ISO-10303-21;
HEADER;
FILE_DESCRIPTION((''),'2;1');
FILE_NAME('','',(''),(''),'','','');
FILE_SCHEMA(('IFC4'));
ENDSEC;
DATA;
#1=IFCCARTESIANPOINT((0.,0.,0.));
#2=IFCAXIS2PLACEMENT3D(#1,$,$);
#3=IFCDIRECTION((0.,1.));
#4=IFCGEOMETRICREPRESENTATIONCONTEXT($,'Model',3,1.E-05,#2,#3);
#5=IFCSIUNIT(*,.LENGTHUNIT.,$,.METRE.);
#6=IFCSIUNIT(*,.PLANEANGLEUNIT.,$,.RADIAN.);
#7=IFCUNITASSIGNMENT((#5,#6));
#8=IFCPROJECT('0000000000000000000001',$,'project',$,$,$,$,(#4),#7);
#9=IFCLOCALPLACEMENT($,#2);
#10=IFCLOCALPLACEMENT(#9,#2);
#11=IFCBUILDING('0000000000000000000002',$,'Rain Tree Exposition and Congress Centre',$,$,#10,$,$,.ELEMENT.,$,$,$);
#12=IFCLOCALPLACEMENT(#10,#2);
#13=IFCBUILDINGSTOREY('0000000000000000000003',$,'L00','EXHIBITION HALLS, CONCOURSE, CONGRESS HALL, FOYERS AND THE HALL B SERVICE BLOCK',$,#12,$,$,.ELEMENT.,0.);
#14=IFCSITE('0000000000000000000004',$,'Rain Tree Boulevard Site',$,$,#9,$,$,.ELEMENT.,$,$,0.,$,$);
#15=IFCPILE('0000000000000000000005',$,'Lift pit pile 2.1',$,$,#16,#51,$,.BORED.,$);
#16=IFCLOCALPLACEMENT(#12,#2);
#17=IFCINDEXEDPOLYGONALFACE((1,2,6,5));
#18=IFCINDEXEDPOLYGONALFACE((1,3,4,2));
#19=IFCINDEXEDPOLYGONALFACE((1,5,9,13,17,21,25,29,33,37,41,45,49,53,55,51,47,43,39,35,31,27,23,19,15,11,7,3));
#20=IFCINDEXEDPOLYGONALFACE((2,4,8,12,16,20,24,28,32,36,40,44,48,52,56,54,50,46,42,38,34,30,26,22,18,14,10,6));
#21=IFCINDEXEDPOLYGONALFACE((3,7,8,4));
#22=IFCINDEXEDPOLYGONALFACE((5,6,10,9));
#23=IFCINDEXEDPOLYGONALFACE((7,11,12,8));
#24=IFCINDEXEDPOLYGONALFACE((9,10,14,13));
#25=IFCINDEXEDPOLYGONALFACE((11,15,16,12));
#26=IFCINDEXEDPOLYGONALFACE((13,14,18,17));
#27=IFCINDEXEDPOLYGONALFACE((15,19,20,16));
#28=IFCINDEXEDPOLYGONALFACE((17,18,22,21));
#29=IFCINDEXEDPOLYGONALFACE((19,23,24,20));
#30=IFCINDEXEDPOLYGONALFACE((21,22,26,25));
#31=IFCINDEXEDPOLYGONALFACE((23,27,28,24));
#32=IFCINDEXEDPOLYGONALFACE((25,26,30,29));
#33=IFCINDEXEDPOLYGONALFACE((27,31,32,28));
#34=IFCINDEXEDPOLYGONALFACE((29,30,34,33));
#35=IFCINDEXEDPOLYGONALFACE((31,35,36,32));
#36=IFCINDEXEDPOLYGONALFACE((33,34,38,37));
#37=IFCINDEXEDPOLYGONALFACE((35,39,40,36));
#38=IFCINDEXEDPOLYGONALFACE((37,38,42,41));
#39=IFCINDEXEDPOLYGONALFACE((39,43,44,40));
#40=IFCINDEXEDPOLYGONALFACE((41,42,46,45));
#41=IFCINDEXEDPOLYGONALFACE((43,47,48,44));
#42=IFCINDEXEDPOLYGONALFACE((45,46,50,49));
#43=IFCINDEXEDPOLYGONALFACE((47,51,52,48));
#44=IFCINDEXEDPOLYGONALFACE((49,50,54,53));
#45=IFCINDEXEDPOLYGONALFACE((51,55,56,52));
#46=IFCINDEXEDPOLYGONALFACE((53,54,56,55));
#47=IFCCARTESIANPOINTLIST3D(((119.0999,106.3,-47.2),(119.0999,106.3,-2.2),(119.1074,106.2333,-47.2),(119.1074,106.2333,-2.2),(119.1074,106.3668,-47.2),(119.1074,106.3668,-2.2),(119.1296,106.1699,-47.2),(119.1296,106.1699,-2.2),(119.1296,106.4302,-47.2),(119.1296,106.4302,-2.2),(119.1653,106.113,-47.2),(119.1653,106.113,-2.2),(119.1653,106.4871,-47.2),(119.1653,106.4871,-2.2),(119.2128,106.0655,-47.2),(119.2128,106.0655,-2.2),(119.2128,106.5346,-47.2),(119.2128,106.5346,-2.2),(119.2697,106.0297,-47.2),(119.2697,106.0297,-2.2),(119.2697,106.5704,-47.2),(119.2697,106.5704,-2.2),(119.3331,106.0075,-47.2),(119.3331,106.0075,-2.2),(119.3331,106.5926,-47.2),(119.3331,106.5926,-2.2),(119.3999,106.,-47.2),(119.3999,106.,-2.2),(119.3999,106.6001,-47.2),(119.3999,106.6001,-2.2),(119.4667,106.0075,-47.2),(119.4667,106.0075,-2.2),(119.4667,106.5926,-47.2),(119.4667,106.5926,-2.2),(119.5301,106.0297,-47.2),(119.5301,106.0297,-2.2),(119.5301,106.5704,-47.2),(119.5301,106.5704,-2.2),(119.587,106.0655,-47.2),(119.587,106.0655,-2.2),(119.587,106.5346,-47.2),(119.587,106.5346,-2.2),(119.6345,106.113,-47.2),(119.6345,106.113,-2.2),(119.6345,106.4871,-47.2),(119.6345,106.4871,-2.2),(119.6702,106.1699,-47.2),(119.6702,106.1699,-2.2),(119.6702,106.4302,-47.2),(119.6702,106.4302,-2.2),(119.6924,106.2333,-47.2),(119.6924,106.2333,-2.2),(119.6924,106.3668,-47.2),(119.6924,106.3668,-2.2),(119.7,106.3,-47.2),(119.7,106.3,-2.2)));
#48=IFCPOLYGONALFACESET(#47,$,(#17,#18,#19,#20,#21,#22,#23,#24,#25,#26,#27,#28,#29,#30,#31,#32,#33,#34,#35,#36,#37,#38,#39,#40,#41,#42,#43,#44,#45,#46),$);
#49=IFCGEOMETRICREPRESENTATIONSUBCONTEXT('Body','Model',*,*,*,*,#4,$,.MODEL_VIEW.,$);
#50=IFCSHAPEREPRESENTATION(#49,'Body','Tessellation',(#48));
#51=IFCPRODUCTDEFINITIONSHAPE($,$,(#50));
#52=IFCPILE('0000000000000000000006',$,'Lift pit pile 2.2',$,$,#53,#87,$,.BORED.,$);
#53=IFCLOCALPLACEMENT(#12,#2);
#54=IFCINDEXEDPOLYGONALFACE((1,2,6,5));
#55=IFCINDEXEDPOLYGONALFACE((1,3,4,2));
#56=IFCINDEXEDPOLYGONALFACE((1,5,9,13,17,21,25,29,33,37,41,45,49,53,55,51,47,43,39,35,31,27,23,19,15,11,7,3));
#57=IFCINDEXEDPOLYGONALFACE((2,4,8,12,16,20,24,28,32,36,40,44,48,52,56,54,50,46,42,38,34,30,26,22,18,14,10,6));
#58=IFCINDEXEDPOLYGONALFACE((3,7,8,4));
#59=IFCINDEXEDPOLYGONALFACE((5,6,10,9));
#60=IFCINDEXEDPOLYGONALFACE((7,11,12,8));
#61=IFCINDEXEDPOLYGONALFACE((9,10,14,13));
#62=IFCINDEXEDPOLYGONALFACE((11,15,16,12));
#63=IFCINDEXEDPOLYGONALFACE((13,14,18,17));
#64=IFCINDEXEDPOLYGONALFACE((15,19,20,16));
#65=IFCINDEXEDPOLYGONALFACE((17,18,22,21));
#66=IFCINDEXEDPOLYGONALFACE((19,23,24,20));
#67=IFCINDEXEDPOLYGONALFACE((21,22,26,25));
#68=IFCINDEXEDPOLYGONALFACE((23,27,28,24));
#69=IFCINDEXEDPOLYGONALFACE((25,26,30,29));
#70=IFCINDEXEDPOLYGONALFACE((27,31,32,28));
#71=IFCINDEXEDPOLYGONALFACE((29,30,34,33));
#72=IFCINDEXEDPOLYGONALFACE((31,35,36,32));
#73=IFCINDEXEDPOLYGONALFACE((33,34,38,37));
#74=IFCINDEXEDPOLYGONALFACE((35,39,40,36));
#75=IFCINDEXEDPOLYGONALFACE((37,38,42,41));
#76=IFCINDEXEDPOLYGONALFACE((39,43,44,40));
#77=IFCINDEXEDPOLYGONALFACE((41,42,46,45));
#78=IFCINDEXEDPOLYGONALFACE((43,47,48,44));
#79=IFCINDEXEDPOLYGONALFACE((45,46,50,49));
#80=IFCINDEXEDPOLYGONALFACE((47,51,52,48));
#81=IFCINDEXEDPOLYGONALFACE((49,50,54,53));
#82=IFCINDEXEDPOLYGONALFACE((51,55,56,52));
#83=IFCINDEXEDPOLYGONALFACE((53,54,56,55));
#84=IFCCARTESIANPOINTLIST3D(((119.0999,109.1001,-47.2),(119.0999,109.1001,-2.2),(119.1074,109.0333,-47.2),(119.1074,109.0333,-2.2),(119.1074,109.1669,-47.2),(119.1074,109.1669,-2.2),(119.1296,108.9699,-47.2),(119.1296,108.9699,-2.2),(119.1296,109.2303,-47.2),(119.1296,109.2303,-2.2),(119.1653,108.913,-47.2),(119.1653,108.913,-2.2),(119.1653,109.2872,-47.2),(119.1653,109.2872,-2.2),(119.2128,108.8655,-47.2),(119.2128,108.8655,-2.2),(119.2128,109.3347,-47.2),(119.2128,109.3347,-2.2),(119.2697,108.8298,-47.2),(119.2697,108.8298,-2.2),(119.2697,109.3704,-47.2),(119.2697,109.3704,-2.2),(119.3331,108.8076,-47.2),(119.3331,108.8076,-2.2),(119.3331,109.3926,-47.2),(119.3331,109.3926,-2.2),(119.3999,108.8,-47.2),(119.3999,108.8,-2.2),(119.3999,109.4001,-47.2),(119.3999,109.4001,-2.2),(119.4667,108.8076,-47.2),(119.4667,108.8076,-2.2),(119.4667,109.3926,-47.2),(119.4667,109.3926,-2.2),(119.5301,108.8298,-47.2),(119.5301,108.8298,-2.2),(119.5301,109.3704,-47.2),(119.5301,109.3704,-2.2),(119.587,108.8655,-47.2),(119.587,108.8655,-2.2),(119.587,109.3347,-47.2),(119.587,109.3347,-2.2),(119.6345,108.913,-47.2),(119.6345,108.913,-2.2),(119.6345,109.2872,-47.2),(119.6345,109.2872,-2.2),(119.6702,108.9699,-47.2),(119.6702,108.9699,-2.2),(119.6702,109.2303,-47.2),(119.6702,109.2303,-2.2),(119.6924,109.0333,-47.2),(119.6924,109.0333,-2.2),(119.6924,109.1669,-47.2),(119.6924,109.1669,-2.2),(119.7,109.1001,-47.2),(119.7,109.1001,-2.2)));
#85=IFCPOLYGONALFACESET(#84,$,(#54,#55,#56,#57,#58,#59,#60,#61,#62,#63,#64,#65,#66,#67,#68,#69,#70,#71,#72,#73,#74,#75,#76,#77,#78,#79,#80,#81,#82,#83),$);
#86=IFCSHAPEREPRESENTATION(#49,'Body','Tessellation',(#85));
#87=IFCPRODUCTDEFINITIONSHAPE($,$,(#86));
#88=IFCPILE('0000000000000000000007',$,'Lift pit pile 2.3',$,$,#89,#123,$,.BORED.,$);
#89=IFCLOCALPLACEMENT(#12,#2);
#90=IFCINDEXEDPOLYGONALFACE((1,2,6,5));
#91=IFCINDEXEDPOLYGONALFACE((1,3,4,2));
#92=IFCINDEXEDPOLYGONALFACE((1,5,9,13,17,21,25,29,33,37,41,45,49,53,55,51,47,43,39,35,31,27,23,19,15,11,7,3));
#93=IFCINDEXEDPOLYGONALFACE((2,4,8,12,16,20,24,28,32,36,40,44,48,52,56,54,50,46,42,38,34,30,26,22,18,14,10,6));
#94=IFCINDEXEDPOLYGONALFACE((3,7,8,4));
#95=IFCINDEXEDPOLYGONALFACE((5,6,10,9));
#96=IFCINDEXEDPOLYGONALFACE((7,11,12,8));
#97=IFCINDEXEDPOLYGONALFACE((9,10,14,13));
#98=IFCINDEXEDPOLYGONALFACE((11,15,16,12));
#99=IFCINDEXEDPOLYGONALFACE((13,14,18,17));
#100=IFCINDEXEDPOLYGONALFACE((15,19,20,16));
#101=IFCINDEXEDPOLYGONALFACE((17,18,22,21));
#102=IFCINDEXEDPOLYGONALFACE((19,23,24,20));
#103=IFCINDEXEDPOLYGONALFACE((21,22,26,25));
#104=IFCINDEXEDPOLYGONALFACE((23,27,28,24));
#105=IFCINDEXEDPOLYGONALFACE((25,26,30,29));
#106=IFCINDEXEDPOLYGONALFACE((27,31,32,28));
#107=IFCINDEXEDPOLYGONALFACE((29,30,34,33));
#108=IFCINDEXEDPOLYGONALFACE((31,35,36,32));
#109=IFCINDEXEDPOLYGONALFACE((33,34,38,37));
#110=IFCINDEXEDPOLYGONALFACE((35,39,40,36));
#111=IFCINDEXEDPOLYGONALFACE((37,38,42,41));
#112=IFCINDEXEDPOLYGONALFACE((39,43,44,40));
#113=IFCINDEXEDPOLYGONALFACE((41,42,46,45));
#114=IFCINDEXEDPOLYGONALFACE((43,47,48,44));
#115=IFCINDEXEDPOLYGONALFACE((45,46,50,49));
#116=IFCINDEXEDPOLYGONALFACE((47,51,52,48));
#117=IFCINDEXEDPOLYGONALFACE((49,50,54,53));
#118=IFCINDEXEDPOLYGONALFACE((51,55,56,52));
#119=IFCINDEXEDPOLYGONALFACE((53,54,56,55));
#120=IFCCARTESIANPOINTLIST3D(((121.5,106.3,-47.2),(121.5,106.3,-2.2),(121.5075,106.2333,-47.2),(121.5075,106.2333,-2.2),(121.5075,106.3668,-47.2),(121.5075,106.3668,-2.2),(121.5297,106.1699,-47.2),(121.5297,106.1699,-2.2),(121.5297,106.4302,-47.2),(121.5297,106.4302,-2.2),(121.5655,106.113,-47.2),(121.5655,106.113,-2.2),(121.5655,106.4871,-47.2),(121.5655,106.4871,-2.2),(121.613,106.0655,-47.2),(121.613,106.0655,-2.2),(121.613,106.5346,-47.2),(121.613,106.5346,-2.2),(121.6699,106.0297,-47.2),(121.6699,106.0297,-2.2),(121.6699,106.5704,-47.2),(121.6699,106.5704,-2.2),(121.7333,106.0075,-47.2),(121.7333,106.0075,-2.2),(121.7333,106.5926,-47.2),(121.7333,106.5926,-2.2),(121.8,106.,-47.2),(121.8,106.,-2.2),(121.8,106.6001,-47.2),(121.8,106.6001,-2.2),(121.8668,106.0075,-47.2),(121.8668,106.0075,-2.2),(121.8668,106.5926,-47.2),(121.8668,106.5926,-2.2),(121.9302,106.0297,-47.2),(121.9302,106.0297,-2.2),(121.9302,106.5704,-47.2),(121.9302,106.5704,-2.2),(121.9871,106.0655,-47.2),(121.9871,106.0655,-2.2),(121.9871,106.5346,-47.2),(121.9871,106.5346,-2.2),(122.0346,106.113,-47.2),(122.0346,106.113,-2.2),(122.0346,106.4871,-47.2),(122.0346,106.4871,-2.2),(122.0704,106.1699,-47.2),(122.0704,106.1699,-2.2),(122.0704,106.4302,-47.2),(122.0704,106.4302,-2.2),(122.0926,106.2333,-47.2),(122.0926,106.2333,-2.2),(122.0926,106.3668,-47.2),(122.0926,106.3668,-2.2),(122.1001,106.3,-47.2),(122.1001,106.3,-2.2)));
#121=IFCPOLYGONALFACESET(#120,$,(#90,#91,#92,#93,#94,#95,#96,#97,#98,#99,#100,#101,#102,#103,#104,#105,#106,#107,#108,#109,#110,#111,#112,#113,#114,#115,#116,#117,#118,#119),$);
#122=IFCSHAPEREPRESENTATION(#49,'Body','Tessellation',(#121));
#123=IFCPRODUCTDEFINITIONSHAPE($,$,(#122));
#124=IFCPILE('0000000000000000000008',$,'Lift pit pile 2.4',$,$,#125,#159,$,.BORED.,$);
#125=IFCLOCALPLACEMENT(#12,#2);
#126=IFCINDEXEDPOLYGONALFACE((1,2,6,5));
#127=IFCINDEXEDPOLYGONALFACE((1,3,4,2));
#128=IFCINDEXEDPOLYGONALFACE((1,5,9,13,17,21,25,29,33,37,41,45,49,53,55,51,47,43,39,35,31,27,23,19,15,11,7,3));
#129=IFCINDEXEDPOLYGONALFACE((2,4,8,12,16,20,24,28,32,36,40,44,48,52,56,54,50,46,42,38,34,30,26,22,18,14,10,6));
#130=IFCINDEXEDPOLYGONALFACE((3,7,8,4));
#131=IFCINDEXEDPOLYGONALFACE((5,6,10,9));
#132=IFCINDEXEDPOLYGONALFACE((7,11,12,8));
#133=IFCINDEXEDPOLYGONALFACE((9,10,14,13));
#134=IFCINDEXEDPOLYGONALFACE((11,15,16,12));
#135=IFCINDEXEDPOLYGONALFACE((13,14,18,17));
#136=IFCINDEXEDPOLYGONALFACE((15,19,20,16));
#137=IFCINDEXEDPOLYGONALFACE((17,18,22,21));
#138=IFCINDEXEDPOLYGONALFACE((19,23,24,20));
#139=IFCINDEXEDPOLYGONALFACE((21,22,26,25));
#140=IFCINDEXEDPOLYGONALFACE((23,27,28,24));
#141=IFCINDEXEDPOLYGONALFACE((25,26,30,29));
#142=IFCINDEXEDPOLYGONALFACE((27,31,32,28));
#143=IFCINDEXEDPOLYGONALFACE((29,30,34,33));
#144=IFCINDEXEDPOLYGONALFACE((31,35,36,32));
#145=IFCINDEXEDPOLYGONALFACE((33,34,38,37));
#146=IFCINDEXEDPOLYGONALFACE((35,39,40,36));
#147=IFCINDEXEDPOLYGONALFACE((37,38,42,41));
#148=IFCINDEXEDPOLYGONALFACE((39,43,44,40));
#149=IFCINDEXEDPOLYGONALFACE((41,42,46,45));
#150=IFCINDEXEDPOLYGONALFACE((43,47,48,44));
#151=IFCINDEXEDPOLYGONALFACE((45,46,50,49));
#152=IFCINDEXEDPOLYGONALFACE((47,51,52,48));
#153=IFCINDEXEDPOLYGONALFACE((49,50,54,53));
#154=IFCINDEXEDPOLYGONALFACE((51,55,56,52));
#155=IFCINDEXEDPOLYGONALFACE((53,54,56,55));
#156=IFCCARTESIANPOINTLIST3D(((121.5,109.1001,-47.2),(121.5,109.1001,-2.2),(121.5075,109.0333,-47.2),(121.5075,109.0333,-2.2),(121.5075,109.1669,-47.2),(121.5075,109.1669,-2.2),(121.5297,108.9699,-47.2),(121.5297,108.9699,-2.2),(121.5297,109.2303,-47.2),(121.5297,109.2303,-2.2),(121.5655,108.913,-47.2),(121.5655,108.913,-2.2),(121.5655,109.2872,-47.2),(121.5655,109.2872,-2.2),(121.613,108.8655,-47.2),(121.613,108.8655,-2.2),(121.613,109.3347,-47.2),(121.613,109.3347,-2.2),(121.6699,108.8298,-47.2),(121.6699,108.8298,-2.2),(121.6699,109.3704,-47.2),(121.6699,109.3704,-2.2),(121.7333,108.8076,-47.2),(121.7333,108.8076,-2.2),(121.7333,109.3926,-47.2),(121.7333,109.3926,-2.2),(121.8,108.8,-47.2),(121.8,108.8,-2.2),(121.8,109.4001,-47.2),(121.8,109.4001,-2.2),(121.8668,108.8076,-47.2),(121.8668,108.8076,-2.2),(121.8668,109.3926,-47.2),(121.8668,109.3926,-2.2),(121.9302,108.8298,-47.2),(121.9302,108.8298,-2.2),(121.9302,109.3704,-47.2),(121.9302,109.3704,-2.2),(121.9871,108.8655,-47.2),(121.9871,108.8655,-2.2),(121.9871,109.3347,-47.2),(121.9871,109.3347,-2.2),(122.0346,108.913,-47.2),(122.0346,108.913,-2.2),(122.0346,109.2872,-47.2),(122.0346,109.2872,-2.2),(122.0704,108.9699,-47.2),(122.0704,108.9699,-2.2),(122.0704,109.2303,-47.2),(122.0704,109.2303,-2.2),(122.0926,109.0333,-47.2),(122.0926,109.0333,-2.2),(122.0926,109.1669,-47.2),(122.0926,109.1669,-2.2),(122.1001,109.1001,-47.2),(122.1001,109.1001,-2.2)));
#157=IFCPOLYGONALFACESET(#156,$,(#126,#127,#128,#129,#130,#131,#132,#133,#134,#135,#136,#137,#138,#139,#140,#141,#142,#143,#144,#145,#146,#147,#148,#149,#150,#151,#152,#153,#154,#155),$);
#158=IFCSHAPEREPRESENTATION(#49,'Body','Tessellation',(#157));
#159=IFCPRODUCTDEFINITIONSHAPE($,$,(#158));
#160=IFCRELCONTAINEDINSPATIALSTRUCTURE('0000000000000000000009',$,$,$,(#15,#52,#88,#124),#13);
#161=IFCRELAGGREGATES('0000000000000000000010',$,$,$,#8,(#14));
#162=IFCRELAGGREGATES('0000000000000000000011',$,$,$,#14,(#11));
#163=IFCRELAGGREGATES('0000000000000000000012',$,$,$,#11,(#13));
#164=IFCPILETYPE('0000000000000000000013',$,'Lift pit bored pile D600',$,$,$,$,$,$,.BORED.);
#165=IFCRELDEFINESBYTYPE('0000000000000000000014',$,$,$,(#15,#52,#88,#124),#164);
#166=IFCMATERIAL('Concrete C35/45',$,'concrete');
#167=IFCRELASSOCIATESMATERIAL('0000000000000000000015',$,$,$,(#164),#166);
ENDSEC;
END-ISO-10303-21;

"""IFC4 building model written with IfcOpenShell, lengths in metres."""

from ifc_helpers import new_model, si_unit, direction, frame, origin, origin_2d, place, context, subcontext, project, spatial, circle, extrude, material, material_profile, profile_set, type_object, element, save


model = new_model("IFC4")

# Units and contexts
model_context = context("Model", 3, precision=1e-05, world=origin(), true_north=direction((0.0, 1.0)))
body_context = subcontext(model_context, "Body", "Model", "MODEL_VIEW")
ifc_project = project(units=[si_unit("LENGTHUNIT", "METRE"), si_unit("PLANEANGLEUNIT", "RADIAN")], contexts=[model_context])

# Site, building, storey
site_placement = place(None, origin())
site = spatial("IfcSite", under=ifc_project, at=site_placement, Name="Rain Tree Boulevard Site", CompositionType="ELEMENT", RefElevation=0.0)
building_placement = place(site_placement, origin())
building = spatial("IfcBuilding", under=site, at=building_placement, Name="Rain Tree Exposition and Congress Centre", CompositionType="ELEMENT")
storey_placement = place(building_placement, origin())
storey = spatial("IfcBuildingStorey", under=building, at=storey_placement, Name="L00", Description="EXHIBITION HALLS, CONCOURSE, CONGRESS HALL, FOYERS AND THE HALL B SERVICE BLOCK", CompositionType="ELEMENT", Elevation=0.0)

# Piles
ifc_material_1 = material(Name="Concrete C35/45", Category="concrete")
ifc_material_profile = material_profile(ifc_material_1, circle(Radius=0.3, at=origin_2d()), Name="D600")
ifc_profile_set = profile_set([ifc_material_profile], Name="Concrete C35/45")
pile_type = type_object("IfcPileType", Name="Lift pit bored pile D600", PredefinedType="BORED", material=ifc_profile_set)
for number, where, z_axis, x_axis, name in (
    (1, (119.3999, 106.3, -2.2), (0.0, 0.0, -1.0), (1.0, 0.0, 0.0), "Lift pit pile 2.1"),
    (2, (119.3999, 109.1001, -2.2), (0.0, 0.0, -1.0), (1.0, 0.0, 0.0), "Lift pit pile 2.2"),
    (3, (121.8, 106.3, -2.2), (0.0, 0.0, -1.0), (1.0, 0.0, 0.0), "Lift pit pile 2.3"),
    (4, (121.8, 109.1001, -2.2), (0.0, 0.0, -1.0), (1.0, 0.0, 0.0), "Lift pit pile 2.4"),
):
    element("IfcPile", number, at=place(storey_placement, frame(where, z_axis=z_axis, x_axis=x_axis)), inside=storey, type_object=pile_type, Name=name, PredefinedType="BORED", context=body_context, shape_type="SweptSolid", body=[
        extrude(circle(Radius=0.3, at=origin_2d()), origin(), (0.0, 0.0, 1.0), 45.0),
    ])

save(model, "model.ifc")
